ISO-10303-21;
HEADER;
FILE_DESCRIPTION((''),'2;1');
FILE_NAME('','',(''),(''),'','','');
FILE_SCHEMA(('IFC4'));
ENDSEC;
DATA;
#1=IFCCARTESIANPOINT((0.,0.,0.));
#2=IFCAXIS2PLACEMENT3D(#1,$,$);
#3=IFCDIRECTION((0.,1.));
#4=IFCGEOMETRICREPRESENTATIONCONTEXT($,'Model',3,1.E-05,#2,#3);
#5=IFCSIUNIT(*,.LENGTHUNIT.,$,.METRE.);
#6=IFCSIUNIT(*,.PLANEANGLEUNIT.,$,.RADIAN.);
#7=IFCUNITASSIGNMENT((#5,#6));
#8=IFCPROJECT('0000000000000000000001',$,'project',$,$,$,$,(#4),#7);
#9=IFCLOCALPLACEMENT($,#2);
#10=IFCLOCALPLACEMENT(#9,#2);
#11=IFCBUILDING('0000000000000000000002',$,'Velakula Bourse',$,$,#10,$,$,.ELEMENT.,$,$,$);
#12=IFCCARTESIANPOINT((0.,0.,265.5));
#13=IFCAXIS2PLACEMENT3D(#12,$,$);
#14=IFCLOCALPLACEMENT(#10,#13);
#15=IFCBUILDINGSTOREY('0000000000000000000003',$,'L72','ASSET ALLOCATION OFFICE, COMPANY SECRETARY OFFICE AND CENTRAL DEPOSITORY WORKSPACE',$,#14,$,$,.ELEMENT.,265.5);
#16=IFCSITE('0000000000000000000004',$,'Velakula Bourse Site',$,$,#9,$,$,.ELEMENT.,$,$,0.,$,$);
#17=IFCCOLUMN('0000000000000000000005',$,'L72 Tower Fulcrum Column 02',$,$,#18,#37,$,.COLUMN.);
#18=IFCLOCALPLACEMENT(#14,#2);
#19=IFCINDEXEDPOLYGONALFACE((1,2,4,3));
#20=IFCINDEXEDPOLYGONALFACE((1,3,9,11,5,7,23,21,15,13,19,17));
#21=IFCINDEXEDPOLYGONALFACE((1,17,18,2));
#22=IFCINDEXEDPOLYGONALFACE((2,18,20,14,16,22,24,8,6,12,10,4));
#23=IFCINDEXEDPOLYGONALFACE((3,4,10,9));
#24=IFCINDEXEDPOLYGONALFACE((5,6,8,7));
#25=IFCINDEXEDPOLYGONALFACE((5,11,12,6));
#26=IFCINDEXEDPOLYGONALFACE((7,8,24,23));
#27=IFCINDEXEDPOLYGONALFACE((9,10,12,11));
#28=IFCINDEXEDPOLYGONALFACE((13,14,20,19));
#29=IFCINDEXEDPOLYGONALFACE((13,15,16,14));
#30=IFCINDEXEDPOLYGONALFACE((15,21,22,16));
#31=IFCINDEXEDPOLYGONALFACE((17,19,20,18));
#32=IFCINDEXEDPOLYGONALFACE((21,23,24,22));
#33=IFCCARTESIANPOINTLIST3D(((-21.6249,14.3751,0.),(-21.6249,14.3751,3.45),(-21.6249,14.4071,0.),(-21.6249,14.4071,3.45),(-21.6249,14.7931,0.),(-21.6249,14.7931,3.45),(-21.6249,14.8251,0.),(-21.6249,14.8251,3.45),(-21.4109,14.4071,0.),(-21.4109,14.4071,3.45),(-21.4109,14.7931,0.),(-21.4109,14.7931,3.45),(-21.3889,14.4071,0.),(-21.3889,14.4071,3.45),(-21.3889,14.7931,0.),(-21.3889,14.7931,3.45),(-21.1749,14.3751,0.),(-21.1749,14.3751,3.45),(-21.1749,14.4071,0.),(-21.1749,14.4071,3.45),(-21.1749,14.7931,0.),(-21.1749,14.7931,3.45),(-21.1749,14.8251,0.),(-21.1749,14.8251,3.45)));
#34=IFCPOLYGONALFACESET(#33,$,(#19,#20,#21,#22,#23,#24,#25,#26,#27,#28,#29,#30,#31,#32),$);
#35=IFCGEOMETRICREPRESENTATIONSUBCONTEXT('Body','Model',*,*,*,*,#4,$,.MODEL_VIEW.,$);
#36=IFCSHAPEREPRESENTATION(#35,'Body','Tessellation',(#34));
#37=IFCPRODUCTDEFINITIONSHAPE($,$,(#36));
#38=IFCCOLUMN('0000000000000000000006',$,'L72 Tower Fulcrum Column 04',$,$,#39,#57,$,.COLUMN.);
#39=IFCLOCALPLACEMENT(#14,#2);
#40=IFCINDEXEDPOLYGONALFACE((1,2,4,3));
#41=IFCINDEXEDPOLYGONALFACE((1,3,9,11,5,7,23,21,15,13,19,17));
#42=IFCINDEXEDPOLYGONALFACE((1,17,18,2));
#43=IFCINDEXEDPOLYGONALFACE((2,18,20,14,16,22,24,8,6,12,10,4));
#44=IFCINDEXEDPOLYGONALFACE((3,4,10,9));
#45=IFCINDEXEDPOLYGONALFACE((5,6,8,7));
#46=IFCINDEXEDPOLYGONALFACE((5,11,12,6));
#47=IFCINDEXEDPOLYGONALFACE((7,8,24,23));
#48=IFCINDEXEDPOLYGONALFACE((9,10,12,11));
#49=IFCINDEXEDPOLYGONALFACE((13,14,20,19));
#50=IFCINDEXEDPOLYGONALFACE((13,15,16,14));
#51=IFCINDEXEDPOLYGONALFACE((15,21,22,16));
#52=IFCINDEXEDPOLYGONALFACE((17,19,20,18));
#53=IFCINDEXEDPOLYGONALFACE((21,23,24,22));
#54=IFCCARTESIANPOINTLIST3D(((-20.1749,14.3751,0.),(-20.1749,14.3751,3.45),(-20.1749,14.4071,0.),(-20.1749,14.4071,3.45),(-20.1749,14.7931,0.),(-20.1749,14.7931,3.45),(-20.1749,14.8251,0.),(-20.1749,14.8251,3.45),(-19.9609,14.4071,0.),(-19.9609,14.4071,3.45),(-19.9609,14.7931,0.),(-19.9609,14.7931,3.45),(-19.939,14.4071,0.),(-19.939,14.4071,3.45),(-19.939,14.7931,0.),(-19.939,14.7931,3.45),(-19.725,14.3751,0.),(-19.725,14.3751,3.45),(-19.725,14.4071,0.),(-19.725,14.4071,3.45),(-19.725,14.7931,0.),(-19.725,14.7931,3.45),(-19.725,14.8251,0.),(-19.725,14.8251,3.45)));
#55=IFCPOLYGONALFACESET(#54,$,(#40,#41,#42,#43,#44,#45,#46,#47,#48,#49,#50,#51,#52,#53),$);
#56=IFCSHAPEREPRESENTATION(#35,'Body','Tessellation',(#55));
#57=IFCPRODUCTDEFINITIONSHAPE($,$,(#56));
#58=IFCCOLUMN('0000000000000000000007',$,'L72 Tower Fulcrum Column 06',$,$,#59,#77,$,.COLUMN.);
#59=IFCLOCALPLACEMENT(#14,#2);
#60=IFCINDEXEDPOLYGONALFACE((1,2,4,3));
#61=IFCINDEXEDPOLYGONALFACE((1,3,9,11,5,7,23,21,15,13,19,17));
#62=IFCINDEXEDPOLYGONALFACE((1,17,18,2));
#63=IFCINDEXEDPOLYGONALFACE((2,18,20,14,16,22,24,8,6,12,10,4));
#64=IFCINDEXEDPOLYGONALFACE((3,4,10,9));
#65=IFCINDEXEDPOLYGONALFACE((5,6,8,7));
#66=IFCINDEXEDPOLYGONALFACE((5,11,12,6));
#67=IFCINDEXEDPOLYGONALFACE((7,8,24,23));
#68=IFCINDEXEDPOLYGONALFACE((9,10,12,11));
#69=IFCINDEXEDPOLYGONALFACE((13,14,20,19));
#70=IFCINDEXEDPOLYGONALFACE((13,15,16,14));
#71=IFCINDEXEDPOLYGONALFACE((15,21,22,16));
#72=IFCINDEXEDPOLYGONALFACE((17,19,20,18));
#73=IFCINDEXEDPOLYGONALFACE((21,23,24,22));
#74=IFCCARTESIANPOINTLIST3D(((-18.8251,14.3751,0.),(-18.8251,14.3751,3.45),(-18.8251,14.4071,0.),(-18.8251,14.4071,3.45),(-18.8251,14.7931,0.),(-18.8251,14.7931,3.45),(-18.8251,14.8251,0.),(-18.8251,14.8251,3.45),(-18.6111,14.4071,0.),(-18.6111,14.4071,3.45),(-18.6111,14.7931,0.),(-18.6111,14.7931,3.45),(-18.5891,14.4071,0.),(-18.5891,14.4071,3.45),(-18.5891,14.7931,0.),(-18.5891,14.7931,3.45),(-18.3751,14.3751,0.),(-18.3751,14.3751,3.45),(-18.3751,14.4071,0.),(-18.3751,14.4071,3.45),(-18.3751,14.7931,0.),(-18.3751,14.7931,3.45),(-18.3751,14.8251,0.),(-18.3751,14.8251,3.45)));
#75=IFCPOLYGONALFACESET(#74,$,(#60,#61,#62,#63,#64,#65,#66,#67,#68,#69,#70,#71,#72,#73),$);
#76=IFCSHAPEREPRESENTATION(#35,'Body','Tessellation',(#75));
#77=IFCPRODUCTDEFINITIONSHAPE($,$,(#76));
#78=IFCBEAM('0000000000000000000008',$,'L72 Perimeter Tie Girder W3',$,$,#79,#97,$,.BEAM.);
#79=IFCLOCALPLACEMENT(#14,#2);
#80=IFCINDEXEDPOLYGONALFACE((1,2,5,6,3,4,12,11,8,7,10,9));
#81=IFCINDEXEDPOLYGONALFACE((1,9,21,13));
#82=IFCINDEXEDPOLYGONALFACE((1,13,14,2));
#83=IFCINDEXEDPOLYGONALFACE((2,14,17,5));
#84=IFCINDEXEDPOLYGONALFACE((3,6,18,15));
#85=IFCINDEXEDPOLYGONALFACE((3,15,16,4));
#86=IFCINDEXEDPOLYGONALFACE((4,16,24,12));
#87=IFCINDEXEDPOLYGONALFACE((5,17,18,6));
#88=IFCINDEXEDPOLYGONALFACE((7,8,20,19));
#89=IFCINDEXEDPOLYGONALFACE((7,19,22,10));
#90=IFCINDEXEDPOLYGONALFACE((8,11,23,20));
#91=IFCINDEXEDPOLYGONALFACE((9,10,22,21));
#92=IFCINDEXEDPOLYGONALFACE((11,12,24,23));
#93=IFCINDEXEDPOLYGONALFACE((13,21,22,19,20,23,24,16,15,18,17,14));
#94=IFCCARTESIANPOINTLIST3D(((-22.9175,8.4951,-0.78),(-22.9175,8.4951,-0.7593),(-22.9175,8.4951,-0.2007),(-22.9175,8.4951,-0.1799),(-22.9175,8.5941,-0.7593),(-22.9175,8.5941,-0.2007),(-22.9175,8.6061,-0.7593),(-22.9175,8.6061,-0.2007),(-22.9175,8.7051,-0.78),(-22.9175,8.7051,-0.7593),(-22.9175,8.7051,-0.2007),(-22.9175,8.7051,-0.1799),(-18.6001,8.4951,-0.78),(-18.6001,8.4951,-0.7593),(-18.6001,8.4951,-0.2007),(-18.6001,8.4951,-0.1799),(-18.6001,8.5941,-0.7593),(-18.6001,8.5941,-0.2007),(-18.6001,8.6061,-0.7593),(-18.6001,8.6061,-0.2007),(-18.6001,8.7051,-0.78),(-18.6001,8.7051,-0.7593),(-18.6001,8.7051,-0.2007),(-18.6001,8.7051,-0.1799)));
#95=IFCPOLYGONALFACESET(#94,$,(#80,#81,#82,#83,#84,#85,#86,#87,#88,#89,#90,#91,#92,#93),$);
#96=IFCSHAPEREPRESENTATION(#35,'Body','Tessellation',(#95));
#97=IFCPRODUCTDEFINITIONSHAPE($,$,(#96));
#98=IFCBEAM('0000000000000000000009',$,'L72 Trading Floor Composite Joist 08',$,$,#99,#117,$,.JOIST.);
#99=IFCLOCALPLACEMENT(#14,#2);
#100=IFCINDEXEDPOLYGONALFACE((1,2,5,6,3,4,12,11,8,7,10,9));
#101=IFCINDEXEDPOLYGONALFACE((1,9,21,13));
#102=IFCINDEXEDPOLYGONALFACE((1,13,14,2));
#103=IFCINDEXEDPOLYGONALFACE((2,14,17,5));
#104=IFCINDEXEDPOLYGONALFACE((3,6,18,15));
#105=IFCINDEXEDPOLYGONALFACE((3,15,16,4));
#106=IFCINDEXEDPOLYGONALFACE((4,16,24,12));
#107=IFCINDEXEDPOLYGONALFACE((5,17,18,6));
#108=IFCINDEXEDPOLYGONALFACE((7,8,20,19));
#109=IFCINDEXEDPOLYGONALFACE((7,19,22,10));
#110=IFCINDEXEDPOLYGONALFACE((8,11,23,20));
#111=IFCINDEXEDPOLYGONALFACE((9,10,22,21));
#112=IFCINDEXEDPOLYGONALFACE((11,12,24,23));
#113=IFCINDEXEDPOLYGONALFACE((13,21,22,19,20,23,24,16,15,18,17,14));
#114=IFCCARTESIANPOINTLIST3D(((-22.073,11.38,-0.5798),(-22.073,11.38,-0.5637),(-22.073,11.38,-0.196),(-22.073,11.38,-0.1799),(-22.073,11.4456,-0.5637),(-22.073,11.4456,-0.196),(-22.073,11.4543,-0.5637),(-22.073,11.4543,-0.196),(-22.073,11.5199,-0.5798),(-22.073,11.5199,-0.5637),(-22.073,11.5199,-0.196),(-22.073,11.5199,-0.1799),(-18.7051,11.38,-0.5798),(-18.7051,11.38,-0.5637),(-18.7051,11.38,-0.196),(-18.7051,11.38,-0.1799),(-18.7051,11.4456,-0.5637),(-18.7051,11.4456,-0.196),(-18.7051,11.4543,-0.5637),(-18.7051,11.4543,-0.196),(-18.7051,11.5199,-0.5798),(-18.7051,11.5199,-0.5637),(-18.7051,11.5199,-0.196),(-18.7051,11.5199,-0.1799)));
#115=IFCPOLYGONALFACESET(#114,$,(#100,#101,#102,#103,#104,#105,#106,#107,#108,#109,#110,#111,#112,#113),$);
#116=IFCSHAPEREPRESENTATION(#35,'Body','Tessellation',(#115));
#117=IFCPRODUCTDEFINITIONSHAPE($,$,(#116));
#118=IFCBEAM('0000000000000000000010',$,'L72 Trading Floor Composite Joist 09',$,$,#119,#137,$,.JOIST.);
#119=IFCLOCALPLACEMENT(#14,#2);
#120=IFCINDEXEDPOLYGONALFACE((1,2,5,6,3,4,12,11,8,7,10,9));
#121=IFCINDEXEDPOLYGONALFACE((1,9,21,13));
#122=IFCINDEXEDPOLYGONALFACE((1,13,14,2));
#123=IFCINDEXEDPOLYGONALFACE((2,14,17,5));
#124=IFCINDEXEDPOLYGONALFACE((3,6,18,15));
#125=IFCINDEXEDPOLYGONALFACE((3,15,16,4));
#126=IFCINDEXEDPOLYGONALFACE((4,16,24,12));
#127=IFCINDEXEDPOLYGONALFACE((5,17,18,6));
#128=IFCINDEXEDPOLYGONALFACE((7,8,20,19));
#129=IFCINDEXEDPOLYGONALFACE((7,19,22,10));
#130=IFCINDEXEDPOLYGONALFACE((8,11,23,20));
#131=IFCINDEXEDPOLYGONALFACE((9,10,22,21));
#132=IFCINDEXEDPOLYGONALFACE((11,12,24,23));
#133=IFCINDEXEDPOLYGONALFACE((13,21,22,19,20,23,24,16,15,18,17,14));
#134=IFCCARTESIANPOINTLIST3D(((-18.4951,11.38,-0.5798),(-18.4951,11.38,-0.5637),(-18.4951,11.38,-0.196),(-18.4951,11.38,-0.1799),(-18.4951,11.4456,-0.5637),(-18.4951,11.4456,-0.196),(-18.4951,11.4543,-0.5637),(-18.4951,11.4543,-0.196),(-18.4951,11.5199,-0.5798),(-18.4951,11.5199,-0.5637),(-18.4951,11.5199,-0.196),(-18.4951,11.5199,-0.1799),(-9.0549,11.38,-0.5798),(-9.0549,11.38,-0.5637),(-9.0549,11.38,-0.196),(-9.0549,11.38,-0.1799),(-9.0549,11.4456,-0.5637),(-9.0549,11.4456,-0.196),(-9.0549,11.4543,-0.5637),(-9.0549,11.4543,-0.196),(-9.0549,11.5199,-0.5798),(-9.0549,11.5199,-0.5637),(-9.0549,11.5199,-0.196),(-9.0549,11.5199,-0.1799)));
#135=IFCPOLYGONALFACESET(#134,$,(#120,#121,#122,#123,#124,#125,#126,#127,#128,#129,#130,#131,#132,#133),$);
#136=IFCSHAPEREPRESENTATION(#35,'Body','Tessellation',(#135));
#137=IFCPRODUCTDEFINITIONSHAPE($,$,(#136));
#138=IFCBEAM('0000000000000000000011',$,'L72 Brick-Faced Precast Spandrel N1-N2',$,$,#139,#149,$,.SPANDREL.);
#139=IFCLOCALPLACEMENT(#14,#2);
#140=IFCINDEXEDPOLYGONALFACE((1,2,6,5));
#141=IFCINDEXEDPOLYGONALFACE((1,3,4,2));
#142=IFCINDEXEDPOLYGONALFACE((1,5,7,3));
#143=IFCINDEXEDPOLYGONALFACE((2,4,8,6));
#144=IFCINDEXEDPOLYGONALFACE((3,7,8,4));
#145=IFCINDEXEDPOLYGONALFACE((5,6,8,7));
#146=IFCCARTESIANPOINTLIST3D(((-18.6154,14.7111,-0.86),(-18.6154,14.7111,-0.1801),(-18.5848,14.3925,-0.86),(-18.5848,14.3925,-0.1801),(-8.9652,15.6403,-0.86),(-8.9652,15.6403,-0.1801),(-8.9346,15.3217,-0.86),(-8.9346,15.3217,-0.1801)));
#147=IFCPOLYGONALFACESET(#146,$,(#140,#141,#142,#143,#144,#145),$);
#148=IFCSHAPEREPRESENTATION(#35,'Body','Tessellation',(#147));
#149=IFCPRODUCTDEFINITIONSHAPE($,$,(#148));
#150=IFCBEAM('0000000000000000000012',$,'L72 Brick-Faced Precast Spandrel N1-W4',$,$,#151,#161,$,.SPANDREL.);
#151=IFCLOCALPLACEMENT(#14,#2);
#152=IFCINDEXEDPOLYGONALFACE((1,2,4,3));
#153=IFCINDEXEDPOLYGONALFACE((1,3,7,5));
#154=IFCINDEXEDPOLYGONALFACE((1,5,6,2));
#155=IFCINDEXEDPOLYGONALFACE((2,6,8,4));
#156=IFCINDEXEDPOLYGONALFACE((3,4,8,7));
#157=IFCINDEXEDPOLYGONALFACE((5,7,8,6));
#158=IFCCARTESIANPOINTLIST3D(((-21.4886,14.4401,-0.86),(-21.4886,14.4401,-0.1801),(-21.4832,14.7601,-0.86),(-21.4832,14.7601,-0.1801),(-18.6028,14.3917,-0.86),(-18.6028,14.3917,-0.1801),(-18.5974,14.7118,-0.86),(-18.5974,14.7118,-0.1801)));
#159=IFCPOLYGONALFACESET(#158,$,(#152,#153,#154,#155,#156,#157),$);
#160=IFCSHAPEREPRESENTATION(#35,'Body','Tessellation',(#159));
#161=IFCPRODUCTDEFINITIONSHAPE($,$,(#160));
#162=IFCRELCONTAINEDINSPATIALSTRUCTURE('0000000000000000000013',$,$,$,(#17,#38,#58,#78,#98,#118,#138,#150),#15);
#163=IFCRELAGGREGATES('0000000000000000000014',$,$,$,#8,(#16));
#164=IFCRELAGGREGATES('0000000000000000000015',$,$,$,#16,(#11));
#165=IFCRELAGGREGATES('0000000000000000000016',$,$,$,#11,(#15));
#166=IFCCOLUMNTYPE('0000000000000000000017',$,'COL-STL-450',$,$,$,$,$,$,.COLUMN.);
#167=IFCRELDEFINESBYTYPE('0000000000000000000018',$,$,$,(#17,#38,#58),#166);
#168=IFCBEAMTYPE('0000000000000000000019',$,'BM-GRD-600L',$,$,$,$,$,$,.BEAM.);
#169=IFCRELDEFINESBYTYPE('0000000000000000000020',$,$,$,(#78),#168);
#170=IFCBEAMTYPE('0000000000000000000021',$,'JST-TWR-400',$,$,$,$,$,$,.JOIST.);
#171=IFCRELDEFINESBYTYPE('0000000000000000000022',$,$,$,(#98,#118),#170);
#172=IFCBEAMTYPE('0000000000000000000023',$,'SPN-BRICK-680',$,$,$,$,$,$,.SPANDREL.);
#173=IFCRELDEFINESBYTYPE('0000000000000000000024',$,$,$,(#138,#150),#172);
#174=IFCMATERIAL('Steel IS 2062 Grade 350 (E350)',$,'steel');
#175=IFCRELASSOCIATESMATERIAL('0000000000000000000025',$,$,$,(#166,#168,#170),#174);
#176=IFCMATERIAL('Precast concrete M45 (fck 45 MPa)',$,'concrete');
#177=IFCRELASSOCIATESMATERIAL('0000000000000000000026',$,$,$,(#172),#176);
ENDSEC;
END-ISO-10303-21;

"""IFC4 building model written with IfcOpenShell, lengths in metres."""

from ifc_helpers import new_model, si_unit, direction, frame, origin, origin_2d, place, context, subcontext, project, spatial, rectangle, i_section, extrude, material, material_profile, profile_set, type_object, element, save


model = new_model("IFC4")

# Units and contexts
model_context = context("Model", 3, precision=1e-05, world=origin(), true_north=direction((0.0, 1.0)))
body_context = subcontext(model_context, "Body", "Model", "MODEL_VIEW")
ifc_project = project(units=[si_unit("LENGTHUNIT", "METRE"), si_unit("PLANEANGLEUNIT", "RADIAN")], contexts=[model_context])

# Site, building, storey
site_placement = place(None, origin())
site = spatial("IfcSite", under=ifc_project, at=site_placement, Name="Velakula Bourse Site", CompositionType="ELEMENT", RefElevation=0.0)
building_placement = place(site_placement, origin())
building = spatial("IfcBuilding", under=site, at=building_placement, Name="Velakula Bourse", CompositionType="ELEMENT")
storey_placement = place(building_placement, frame((0.0, 0.0, 265.5)))
storey = spatial("IfcBuildingStorey", under=building, at=storey_placement, Name="L72", Description="ASSET ALLOCATION OFFICE, COMPANY SECRETARY OFFICE AND CENTRAL DEPOSITORY WORKSPACE", CompositionType="ELEMENT", Elevation=265.5)

# Columns
ifc_material_1 = material(Name="Steel IS 2062 Grade 350 (E350)", Category="steel")
ifc_material_profile_1 = material_profile(ifc_material_1, i_section(OverallWidth=0.45, OverallDepth=0.45, WebThickness=0.022, FlangeThickness=0.032, at=origin_2d()), Name="Steel IS 2062 Grade 350 (E350)")
ifc_profile_set_1 = profile_set([ifc_material_profile_1], Name="Steel IS 2062 Grade 350 (E350)")
column_type = type_object("IfcColumnType", Name="COL-STL-450", PredefinedType="COLUMN", material=ifc_profile_set_1)
for number, where, z_axis, x_axis, name in (
    (1, (-21.3999, 14.6001, 0.0), (0.0, 0.0, 1.0), (1.0, 0.0, 0.0), "L72 Tower Fulcrum Column 02"),
    (2, (-19.95, 14.6001, 0.0), (0.0, 0.0, 1.0), (1.0, 0.0, 0.0), "L72 Tower Fulcrum Column 04"),
    (3, (-18.6001, 14.6001, 0.0), (0.0, 0.0, 1.0), (1.0, 0.0, 0.0), "L72 Tower Fulcrum Column 06"),
):
    element("IfcColumn", number, at=place(storey_placement, frame(where, z_axis=z_axis, x_axis=x_axis)), inside=storey, type_object=column_type, Name=name, PredefinedType="COLUMN", context=body_context, shape_type="SweptSolid", body=[
        extrude(i_section(OverallWidth=0.45, OverallDepth=0.45, WebThickness=0.022, FlangeThickness=0.032, at=origin_2d()), origin(), (0.0, 0.0, 1.0), 3.45),
    ])

# Beams
ifc_material_profile_2 = material_profile(ifc_material_1, i_section(OverallWidth=0.21, OverallDepth=0.6001, WebThickness=0.012, FlangeThickness=0.0208, at=origin_2d()), Name="Steel IS 2062 Grade 350 (E350)")
ifc_profile_set_2 = profile_set([ifc_material_profile_2], Name="Steel IS 2062 Grade 350 (E350)")
beam_type_1 = type_object("IfcBeamType", Name="BM-GRD-600L", PredefinedType="BEAM", material=ifc_profile_set_2)
beam_1_placement = place(storey_placement, frame((-18.6001, 8.6001, -0.48), z_axis=(-1.0, 0.0, 0.0), x_axis=(0.0, -1.0, 0.0)))
element("IfcBeam", 4, at=beam_1_placement, inside=storey, type_object=beam_type_1, Name="L72 Perimeter Tie Girder W3", PredefinedType="BEAM", context=body_context, shape_type="SweptSolid", body=[
    extrude(i_section(OverallWidth=0.21, OverallDepth=0.6001, WebThickness=0.012, FlangeThickness=0.0208, at=origin_2d()), origin(), (0.0, 0.0, 1.0), 4.3174),
])
ifc_material_profile_3 = material_profile(ifc_material_1, i_section(OverallWidth=0.1399, OverallDepth=0.3999, WebThickness=0.0088, FlangeThickness=0.0161, at=origin_2d()), Name="Steel IS 2062 Grade 350 (E350)")
ifc_profile_set_3 = profile_set([ifc_material_profile_3], Name="Steel IS 2062 Grade 350 (E350)")
beam_type_2 = type_object("IfcBeamType", Name="JST-TWR-400", PredefinedType="JOIST", material=ifc_profile_set_3)
beam_2_placement = place(storey_placement, frame((-22.073, 11.45, -0.3799), z_axis=(1.0, 0.0, 0.0), x_axis=(0.0, 1.0, 0.0)))
element("IfcBeam", 5, at=beam_2_placement, inside=storey, type_object=beam_type_2, Name="L72 Trading Floor Composite Joist 08", PredefinedType="JOIST", context=body_context, shape_type="SweptSolid", body=[
    extrude(i_section(OverallWidth=0.1399, OverallDepth=0.3999, WebThickness=0.0088, FlangeThickness=0.0161, at=origin_2d()), origin(), (0.0, 0.0, 1.0), 3.3679),
])
beam_3_placement = place(storey_placement, frame((-18.4951, 11.45, -0.3799), z_axis=(1.0, 0.0, 0.0), x_axis=(0.0, 1.0, 0.0)))
element("IfcBeam", 6, at=beam_3_placement, inside=storey, type_object=beam_type_2, Name="L72 Trading Floor Composite Joist 09", PredefinedType="JOIST", context=body_context, shape_type="SweptSolid", body=[
    extrude(i_section(OverallWidth=0.1399, OverallDepth=0.3999, WebThickness=0.0088, FlangeThickness=0.0161, at=origin_2d()), origin(), (0.0, 0.0, 1.0), 9.4402),
])
ifc_material_2 = material(Name="Precast concrete M45 (fck 45 MPa)", Category="concrete")
ifc_material_profile_4 = material_profile(ifc_material_2, rectangle(XDim=0.3201, YDim=0.6799, at=origin_2d()), Name="Precast concrete M45 (fck 45 MPa)")
ifc_profile_set_4 = profile_set([ifc_material_profile_4], Name="Precast concrete M45 (fck 45 MPa)")
beam_type_3 = type_object("IfcBeamType", Name="SPN-BRICK-680", PredefinedType="SPANDREL", material=ifc_profile_set_4)
beam_4_placement = place(storey_placement, frame((-18.6001, 14.5518, -0.52), z_axis=(0.995396, 0.095845, 0.0), x_axis=(-0.095845, 0.995396, 0.0)))
element("IfcBeam", 7, at=beam_4_placement, inside=storey, type_object=beam_type_3, Name="L72 Brick-Faced Precast Spandrel N1-N2", PredefinedType="SPANDREL", context=body_context, shape_type="SweptSolid", body=[
    extrude(rectangle(XDim=0.3201, YDim=0.6799, at=origin_2d()), origin(), (0.0, 0.0, 1.0), 9.6948),
])
beam_5_placement = place(storey_placement, frame((-18.6001, 14.5518, -0.52), z_axis=(-0.99986, 0.016749, 0.0), x_axis=(-0.016749, -0.99986, 0.0)))
element("IfcBeam", 8, at=beam_5_placement, inside=storey, type_object=beam_type_3, Name="L72 Brick-Faced Precast Spandrel N1-W4", PredefinedType="SPANDREL", context=body_context, shape_type="SweptSolid", body=[
    extrude(rectangle(XDim=0.3201, YDim=0.6799, at=origin_2d()), origin(), (0.0, 0.0, 1.0), 2.8862),
])

save(model, "model.ifc")
